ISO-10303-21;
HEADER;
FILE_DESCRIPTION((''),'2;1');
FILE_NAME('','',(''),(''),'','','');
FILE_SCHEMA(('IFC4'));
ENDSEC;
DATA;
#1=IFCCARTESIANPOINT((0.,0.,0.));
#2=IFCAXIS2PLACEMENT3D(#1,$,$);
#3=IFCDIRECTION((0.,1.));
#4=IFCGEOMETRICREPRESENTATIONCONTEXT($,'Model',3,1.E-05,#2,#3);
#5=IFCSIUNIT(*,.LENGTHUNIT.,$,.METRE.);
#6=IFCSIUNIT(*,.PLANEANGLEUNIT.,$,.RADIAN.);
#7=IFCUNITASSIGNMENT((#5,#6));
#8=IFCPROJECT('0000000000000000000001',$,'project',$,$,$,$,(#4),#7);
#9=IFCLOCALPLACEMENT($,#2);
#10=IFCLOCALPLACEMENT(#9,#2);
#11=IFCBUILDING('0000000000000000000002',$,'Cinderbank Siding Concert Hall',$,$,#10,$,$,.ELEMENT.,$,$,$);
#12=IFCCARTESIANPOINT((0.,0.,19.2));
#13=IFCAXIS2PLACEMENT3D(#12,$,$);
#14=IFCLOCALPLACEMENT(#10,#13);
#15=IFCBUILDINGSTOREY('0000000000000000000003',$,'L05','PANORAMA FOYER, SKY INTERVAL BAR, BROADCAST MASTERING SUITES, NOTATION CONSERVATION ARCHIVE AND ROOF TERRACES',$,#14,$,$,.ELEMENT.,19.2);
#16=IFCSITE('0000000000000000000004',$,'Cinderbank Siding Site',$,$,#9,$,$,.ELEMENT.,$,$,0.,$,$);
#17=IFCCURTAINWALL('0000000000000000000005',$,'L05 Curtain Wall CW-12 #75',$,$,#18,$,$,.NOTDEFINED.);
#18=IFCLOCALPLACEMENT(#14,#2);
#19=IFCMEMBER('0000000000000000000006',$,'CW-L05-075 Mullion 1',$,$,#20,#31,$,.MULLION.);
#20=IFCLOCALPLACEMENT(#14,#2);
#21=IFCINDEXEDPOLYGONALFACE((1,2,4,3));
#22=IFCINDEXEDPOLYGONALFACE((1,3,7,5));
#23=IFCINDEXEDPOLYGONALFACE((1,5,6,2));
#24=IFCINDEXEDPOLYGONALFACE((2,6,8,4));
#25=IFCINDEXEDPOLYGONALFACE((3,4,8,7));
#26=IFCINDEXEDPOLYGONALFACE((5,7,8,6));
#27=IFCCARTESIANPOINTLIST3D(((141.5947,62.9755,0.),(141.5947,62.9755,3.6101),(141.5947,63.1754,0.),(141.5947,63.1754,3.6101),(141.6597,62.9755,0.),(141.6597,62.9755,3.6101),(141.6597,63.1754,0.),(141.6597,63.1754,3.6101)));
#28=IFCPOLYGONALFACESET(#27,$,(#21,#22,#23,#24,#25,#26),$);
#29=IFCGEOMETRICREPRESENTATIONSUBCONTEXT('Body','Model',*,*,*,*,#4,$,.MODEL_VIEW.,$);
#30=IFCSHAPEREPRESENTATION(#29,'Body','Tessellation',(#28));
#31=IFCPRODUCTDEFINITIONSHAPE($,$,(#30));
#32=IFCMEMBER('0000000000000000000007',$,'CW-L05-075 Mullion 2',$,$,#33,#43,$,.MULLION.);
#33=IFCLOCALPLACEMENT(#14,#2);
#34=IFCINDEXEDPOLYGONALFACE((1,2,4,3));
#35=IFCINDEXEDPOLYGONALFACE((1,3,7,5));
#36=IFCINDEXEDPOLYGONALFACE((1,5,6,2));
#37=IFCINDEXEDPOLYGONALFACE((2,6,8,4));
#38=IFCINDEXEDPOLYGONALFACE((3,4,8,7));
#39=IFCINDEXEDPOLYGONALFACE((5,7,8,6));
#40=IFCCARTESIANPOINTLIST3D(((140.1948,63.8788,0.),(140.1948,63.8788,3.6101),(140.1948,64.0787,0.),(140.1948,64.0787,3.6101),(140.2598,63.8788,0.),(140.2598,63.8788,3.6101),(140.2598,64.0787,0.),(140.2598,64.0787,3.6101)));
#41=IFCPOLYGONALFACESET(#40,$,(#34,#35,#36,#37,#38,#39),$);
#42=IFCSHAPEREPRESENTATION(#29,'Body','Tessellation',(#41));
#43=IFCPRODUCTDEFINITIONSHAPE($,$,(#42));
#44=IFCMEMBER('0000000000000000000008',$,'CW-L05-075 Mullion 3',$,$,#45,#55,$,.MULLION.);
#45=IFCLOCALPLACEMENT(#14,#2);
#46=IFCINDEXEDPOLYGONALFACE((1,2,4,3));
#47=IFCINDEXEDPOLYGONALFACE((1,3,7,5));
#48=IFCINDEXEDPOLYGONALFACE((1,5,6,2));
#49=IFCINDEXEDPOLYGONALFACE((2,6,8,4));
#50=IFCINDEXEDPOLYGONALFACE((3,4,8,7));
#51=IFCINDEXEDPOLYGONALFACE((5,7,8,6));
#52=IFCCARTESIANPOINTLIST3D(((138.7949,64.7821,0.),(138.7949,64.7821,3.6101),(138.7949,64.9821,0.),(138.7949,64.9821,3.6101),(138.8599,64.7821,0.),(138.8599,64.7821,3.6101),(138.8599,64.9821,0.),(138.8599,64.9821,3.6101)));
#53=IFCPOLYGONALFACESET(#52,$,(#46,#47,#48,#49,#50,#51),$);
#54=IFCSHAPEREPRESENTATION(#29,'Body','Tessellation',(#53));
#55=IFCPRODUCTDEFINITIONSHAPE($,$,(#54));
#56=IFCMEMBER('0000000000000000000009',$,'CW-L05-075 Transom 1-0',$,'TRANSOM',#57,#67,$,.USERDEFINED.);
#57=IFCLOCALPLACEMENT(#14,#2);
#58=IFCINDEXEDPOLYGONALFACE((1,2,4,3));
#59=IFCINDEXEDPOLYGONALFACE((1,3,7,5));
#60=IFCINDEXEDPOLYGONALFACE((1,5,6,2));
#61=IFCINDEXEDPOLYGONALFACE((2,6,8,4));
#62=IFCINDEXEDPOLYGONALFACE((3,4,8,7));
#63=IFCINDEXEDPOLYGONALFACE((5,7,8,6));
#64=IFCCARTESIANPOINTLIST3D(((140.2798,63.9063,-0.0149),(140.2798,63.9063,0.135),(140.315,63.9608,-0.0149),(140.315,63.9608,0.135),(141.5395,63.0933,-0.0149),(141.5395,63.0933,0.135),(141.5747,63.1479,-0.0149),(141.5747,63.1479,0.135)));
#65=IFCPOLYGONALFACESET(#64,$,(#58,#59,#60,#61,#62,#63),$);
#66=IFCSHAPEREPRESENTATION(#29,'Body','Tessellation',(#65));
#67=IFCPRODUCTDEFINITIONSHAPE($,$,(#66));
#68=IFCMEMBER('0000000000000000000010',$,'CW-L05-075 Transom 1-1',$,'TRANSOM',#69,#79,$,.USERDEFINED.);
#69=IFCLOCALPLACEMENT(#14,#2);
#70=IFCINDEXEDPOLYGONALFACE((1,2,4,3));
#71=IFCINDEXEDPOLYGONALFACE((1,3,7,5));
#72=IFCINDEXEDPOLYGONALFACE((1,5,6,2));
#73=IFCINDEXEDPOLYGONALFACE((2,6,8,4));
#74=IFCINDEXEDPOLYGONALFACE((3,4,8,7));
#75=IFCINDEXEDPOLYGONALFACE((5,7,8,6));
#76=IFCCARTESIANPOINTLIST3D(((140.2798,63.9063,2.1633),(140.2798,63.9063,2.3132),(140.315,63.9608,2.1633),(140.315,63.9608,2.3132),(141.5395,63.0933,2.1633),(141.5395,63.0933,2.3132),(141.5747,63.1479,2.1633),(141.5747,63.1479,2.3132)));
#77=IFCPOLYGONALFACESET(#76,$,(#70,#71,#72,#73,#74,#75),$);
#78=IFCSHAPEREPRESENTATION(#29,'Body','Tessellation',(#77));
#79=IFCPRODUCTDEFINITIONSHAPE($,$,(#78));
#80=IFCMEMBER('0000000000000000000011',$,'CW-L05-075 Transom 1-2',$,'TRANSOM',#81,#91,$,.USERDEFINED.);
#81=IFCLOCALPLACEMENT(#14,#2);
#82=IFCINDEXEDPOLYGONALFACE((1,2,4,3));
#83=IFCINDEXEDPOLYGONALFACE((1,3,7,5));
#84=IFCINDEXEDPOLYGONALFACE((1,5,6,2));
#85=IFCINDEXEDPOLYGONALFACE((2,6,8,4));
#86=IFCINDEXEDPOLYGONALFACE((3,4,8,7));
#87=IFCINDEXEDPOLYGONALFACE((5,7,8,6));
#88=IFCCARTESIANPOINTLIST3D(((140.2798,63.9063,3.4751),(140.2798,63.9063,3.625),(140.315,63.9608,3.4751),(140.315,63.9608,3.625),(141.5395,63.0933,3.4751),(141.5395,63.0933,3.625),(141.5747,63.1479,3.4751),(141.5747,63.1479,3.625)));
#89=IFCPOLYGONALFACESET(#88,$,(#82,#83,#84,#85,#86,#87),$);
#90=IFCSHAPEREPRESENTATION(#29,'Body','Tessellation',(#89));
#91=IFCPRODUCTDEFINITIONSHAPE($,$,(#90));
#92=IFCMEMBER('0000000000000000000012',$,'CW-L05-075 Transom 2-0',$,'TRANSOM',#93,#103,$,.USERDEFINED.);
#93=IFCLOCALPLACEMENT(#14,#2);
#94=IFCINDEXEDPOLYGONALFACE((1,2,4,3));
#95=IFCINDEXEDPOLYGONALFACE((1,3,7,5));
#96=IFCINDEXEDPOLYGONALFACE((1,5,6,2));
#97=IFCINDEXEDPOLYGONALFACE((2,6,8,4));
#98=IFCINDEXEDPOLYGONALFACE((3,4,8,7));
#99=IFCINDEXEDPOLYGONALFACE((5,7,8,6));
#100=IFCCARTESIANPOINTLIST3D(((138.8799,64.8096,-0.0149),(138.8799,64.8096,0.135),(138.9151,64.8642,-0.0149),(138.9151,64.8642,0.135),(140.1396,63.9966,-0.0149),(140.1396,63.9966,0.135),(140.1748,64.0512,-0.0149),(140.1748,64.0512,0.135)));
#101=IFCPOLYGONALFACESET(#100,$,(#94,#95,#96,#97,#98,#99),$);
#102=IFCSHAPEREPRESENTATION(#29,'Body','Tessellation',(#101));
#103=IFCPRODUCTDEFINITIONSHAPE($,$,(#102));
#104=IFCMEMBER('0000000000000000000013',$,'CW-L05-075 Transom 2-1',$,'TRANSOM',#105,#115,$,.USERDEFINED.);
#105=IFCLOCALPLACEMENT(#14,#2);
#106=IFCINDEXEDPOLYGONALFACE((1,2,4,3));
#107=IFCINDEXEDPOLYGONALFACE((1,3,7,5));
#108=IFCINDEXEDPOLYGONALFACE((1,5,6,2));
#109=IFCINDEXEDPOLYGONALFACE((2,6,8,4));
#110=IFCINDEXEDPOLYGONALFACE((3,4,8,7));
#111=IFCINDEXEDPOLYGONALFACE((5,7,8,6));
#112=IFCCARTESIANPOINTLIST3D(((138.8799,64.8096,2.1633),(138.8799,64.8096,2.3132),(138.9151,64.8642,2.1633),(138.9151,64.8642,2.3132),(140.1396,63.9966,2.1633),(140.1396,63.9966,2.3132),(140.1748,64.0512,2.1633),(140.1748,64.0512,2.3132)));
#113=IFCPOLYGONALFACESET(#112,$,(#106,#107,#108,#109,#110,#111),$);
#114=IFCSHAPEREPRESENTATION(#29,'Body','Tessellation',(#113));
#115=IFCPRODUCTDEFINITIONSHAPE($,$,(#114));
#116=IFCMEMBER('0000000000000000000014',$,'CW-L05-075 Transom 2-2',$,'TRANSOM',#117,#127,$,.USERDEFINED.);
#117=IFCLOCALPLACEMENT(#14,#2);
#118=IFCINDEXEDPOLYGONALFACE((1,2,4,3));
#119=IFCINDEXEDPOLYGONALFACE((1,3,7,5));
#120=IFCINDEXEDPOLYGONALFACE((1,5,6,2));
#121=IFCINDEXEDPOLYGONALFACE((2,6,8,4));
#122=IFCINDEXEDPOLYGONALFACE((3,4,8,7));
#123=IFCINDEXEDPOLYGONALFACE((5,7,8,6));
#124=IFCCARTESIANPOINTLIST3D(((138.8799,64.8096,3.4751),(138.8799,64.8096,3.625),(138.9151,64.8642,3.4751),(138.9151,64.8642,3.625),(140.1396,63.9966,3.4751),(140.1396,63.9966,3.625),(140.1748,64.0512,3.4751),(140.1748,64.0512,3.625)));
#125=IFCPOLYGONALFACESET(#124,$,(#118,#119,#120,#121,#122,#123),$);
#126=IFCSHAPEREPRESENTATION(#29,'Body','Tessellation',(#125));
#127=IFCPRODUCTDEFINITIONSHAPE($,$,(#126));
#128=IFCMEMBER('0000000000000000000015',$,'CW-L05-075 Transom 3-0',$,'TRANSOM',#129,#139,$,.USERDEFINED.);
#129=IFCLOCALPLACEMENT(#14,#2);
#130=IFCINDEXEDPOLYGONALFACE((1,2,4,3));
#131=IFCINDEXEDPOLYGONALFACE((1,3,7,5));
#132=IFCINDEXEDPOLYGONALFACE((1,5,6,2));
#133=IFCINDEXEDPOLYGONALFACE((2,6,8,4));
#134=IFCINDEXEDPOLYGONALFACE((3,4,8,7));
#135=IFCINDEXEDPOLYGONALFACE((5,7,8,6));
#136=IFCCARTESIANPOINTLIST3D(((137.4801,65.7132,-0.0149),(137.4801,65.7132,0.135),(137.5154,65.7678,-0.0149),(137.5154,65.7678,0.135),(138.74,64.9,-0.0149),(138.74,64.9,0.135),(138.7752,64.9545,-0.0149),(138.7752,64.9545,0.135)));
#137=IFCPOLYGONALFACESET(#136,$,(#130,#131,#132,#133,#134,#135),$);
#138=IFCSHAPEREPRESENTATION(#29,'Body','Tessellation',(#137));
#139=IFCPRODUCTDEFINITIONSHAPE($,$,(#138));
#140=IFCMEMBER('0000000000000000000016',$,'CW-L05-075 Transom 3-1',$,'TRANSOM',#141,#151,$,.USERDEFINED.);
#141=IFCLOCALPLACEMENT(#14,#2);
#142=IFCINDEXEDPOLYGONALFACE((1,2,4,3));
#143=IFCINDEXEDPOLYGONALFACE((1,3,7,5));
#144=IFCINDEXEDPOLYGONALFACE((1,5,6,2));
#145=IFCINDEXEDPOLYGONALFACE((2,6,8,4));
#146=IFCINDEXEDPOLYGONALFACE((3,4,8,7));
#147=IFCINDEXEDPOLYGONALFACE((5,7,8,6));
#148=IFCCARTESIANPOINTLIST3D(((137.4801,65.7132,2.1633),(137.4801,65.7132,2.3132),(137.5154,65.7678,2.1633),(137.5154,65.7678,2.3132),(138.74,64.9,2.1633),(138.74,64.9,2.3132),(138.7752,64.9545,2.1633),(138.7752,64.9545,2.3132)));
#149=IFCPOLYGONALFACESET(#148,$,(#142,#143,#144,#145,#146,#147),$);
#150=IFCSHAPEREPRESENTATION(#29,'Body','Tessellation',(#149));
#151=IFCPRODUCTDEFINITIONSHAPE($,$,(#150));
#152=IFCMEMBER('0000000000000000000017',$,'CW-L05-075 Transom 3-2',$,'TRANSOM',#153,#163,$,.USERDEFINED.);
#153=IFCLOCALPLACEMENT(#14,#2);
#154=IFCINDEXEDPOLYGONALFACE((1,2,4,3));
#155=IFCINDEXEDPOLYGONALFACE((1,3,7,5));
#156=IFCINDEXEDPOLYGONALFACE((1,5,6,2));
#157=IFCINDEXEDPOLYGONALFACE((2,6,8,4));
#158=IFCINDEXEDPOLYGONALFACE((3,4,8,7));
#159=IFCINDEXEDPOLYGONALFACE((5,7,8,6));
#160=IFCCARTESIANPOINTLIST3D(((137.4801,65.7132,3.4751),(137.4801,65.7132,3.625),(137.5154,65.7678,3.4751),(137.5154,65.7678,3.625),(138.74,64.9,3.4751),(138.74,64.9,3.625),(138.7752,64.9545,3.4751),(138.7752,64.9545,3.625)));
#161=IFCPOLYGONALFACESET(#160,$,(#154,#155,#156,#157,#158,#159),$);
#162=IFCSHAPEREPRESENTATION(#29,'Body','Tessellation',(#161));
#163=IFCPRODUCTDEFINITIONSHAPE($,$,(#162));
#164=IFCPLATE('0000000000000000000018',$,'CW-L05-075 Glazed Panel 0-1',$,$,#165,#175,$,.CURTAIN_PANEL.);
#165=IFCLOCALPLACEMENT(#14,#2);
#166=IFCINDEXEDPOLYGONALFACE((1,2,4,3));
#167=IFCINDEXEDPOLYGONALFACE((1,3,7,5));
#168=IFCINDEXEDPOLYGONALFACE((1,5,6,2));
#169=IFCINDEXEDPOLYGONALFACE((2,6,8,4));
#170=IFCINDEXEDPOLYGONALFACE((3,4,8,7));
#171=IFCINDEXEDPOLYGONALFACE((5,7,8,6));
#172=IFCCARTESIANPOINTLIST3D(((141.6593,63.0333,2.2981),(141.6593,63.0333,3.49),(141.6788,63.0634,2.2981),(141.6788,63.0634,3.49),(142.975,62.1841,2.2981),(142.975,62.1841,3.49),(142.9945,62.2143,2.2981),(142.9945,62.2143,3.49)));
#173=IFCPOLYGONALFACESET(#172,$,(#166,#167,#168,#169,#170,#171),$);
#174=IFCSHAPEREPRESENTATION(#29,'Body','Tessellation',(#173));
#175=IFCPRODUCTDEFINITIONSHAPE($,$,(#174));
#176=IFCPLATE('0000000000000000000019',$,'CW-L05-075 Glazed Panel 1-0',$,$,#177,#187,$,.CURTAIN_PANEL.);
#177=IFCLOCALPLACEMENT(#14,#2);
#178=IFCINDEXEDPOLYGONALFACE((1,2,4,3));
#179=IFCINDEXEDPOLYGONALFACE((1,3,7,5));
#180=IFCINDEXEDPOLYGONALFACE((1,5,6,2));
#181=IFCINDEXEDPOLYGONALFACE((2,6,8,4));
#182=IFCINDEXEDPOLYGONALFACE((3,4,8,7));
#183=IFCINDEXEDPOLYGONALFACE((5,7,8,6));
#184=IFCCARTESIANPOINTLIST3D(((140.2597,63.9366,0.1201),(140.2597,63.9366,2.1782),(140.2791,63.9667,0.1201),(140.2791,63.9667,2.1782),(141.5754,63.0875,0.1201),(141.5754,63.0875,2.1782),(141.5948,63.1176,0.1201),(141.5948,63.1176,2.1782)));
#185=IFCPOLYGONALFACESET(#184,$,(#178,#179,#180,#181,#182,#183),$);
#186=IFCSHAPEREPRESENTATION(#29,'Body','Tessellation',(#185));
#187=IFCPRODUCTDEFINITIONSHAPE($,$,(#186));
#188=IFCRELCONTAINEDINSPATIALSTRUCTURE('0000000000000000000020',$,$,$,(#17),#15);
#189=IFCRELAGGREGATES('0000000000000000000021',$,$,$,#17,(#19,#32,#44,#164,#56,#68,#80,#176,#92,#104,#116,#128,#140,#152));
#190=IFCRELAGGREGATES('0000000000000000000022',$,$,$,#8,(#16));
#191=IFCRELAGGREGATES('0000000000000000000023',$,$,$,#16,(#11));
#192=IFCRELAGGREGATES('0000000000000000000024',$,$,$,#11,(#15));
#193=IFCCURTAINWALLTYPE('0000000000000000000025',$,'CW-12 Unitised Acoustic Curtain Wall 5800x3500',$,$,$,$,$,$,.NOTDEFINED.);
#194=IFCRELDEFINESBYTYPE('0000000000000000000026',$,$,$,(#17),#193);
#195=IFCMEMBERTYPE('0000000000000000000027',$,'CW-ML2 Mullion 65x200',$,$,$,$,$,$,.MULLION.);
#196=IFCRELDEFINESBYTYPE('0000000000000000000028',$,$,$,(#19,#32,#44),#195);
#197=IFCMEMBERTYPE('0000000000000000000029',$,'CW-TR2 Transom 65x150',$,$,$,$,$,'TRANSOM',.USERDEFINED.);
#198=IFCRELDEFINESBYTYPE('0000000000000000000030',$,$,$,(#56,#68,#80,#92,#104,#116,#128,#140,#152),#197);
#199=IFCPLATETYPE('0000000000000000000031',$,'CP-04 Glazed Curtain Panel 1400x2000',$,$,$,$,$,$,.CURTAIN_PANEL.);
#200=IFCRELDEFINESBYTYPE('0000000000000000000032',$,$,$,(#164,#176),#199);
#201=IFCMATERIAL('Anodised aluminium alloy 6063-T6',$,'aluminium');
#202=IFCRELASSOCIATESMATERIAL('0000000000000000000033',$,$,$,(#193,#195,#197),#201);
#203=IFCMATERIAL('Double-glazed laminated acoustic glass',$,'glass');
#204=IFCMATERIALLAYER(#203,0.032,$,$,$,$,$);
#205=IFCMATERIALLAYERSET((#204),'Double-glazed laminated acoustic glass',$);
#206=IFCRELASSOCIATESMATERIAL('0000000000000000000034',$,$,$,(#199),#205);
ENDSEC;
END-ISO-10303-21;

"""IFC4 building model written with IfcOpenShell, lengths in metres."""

from ifc_helpers import new_model, si_unit, direction, frame, origin, origin_2d, place, context, subcontext, project, spatial, rectangle, extrude, material, layer, layer_set, material_profile, profile_set, type_object, element, aggregate, save


model = new_model("IFC4")

# Units and contexts
model_context = context("Model", 3, precision=1e-05, world=origin(), true_north=direction((0.0, 1.0)))
body_context = subcontext(model_context, "Body", "Model", "MODEL_VIEW")
ifc_project = project(units=[si_unit("LENGTHUNIT", "METRE"), si_unit("PLANEANGLEUNIT", "RADIAN")], contexts=[model_context])

# Site, building, storey
site_placement = place(None, origin())
site = spatial("IfcSite", under=ifc_project, at=site_placement, Name="Cinderbank Siding Site", CompositionType="ELEMENT", RefElevation=0.0)
building_placement = place(site_placement, origin())
building = spatial("IfcBuilding", under=site, at=building_placement, Name="Cinderbank Siding Concert Hall", CompositionType="ELEMENT")
storey_placement = place(building_placement, frame((0.0, 0.0, 19.2)))
storey = spatial("IfcBuildingStorey", under=building, at=storey_placement, Name="L05", Description="PANORAMA FOYER, SKY INTERVAL BAR, BROADCAST MASTERING SUITES, NOTATION CONSERVATION ARCHIVE AND ROOF TERRACES", CompositionType="ELEMENT", Elevation=19.2)

# Curtain wall, members, plates
ifc_material_1 = material(Name="Anodised aluminium alloy 6063-T6", Category="aluminium")
curtain_wall_type = type_object("IfcCurtainWallType", Name="CW-12 Unitised Acoustic Curtain Wall 5800x3500", PredefinedType="NOTDEFINED", material=ifc_material_1)
curtain_wall_placement = place(storey_placement, origin())
curtain_wall = element("IfcCurtainWall", 1, at=curtain_wall_placement, inside=storey, type_object=curtain_wall_type, Name="L05 Curtain Wall CW-12 #75", PredefinedType="NOTDEFINED")
ifc_material_profile_1 = material_profile(ifc_material_1, rectangle(XDim=0.0649, YDim=0.2, at=origin_2d()), Name="ALU-MULL-65x200", Category="LoadBearing")
ifc_profile_set_1 = profile_set([ifc_material_profile_1], Name="Anodised aluminium alloy 6063-T6")
member_type_1 = type_object("IfcMemberType", Name="CW-ML2 Mullion 65x200", PredefinedType="MULLION", material=ifc_profile_set_1)
member_1_placement = place(storey_placement, frame((141.6272, 63.0754, 0.0), z_axis=(0.0, 0.0, 1.0), x_axis=(1.0, 0.0, 0.0)))
member_1 = element("IfcMember", 2, at=member_1_placement, type_object=member_type_1, Name="CW-L05-075 Mullion 1", PredefinedType="MULLION", context=body_context, shape_type="SweptSolid", body=[
    extrude(rectangle(XDim=0.0649, YDim=0.2, at=origin_2d()), origin(), (0.0, 0.0, 1.0), 3.6101),
])
member_2_placement = place(storey_placement, frame((140.2273, 63.9788, 0.0), z_axis=(0.0, 0.0, 1.0), x_axis=(1.0, 0.0, 0.0)))
member_2 = element("IfcMember", 3, at=member_2_placement, type_object=member_type_1, Name="CW-L05-075 Mullion 2", PredefinedType="MULLION", context=body_context, shape_type="SweptSolid", body=[
    extrude(rectangle(XDim=0.0649, YDim=0.2, at=origin_2d()), origin(), (0.0, 0.0, 1.0), 3.6101),
])
member_3_placement = place(storey_placement, frame((138.8274, 64.8821, 0.0), z_axis=(0.0, 0.0, 1.0), x_axis=(1.0, 0.0, 0.0)))
member_3 = element("IfcMember", 4, at=member_3_placement, type_object=member_type_1, Name="CW-L05-075 Mullion 3", PredefinedType="MULLION", context=body_context, shape_type="SweptSolid", body=[
    extrude(rectangle(XDim=0.0649, YDim=0.2, at=origin_2d()), origin(), (0.0, 0.0, 1.0), 3.6101),
])
ifc_material_profile_2 = material_profile(ifc_material_1, rectangle(XDim=0.0649, YDim=0.1499, at=origin_2d()), Name="ALU-TRAN-65x150", Category="LoadBearing")
ifc_profile_set_2 = profile_set([ifc_material_profile_2], Name="Anodised aluminium alloy 6063-T6")
member_type_2 = type_object("IfcMemberType", Name="CW-TR2 Transom 65x150", ElementType="TRANSOM", PredefinedType="USERDEFINED", material=ifc_profile_set_2)
member_4_placement = place(storey_placement, frame((141.5571, 63.1206, 0.0601), z_axis=(-0.840225, 0.542238, 0.0), x_axis=(-0.542238, -0.840225, 0.0)))
member_4 = element("IfcMember", 5, at=member_4_placement, type_object=member_type_2, Name="CW-L05-075 Transom 1-0", ObjectType="TRANSOM", PredefinedType="USERDEFINED", context=body_context, shape_type="SweptSolid", body=[
    extrude(rectangle(XDim=0.0649, YDim=0.1499, at=origin_2d()), origin(), (0.0, 0.0, 1.0), 1.4993),
])
member_5_placement = place(storey_placement, frame((141.5571, 63.1206, 2.2383), z_axis=(-0.840225, 0.542238, 0.0), x_axis=(-0.542238, -0.840225, 0.0)))
member_5 = element("IfcMember", 6, at=member_5_placement, type_object=member_type_2, Name="CW-L05-075 Transom 1-1", ObjectType="TRANSOM", PredefinedType="USERDEFINED", context=body_context, shape_type="SweptSolid", body=[
    extrude(rectangle(XDim=0.0649, YDim=0.1499, at=origin_2d()), origin(), (0.0, 0.0, 1.0), 1.4993),
])
member_6_placement = place(storey_placement, frame((141.5571, 63.1206, 3.55), z_axis=(-0.840225, 0.542238, 0.0), x_axis=(-0.542238, -0.840225, 0.0)))
member_6 = element("IfcMember", 7, at=member_6_placement, type_object=member_type_2, Name="CW-L05-075 Transom 1-2", ObjectType="TRANSOM", PredefinedType="USERDEFINED", context=body_context, shape_type="SweptSolid", body=[
    extrude(rectangle(XDim=0.0649, YDim=0.1499, at=origin_2d()), origin(), (0.0, 0.0, 1.0), 1.4993),
])
member_7_placement = place(storey_placement, frame((140.1572, 64.0239, 0.0601), z_axis=(-0.840225, 0.542238, 0.0), x_axis=(-0.542238, -0.840225, 0.0)))
member_7 = element("IfcMember", 8, at=member_7_placement, type_object=member_type_2, Name="CW-L05-075 Transom 2-0", ObjectType="TRANSOM", PredefinedType="USERDEFINED", context=body_context, shape_type="SweptSolid", body=[
    extrude(rectangle(XDim=0.0649, YDim=0.1499, at=origin_2d()), origin(), (0.0, 0.0, 1.0), 1.4993),
])
member_8_placement = place(storey_placement, frame((140.1572, 64.0239, 2.2383), z_axis=(-0.840225, 0.542238, 0.0), x_axis=(-0.542238, -0.840225, 0.0)))
member_8 = element("IfcMember", 9, at=member_8_placement, type_object=member_type_2, Name="CW-L05-075 Transom 2-1", ObjectType="TRANSOM", PredefinedType="USERDEFINED", context=body_context, shape_type="SweptSolid", body=[
    extrude(rectangle(XDim=0.0649, YDim=0.1499, at=origin_2d()), origin(), (0.0, 0.0, 1.0), 1.4993),
])
member_9_placement = place(storey_placement, frame((140.1572, 64.0239, 3.55), z_axis=(-0.840225, 0.542238, 0.0), x_axis=(-0.542238, -0.840225, 0.0)))
member_9 = element("IfcMember", 10, at=member_9_placement, type_object=member_type_2, Name="CW-L05-075 Transom 2-2", ObjectType="TRANSOM", PredefinedType="USERDEFINED", context=body_context, shape_type="SweptSolid", body=[
    extrude(rectangle(XDim=0.0649, YDim=0.1499, at=origin_2d()), origin(), (0.0, 0.0, 1.0), 1.4993),
])
member_10_placement = place(storey_placement, frame((138.7576, 64.9272, 0.0601), z_axis=(-0.840151, 0.542353, 0.0), x_axis=(-0.542353, -0.840151, 0.0)))
member_10 = element("IfcMember", 11, at=member_10_placement, type_object=member_type_2, Name="CW-L05-075 Transom 3-0", ObjectType="TRANSOM", PredefinedType="USERDEFINED", context=body_context, shape_type="SweptSolid", body=[
    extrude(rectangle(XDim=0.0649, YDim=0.1499, at=origin_2d()), origin(), (0.0, 0.0, 1.0), 1.4995),
])
member_11_placement = place(storey_placement, frame((138.7576, 64.9272, 2.2383), z_axis=(-0.840151, 0.542353, 0.0), x_axis=(-0.542353, -0.840151, 0.0)))
member_11 = element("IfcMember", 12, at=member_11_placement, type_object=member_type_2, Name="CW-L05-075 Transom 3-1", ObjectType="TRANSOM", PredefinedType="USERDEFINED", context=body_context, shape_type="SweptSolid", body=[
    extrude(rectangle(XDim=0.0649, YDim=0.1499, at=origin_2d()), origin(), (0.0, 0.0, 1.0), 1.4995),
])
member_12_placement = place(storey_placement, frame((138.7576, 64.9272, 3.55), z_axis=(-0.840151, 0.542353, 0.0), x_axis=(-0.542353, -0.840151, 0.0)))
member_12 = element("IfcMember", 13, at=member_12_placement, type_object=member_type_2, Name="CW-L05-075 Transom 3-2", ObjectType="TRANSOM", PredefinedType="USERDEFINED", context=body_context, shape_type="SweptSolid", body=[
    extrude(rectangle(XDim=0.0649, YDim=0.1499, at=origin_2d()), origin(), (0.0, 0.0, 1.0), 1.4995),
])
ifc_material_2 = material(Name="Double-glazed laminated acoustic glass", Category="glass")
ifc_layer_1 = layer(ifc_material_2, 0.032)
ifc_layer_set_1 = layer_set([ifc_layer_1], Name="Double-glazed laminated acoustic glass")
plate_type = type_object("IfcPlateType", Name="CP-04 Glazed Curtain Panel 1400x2000", PredefinedType="CURTAIN_PANEL", material=ifc_layer_set_1)
plate_1_placement = place(storey_placement, frame((142.3269, 62.6238, 2.2981), z_axis=(0.0, 0.0, 1.0), x_axis=(-0.840219, 0.542248, 0.0)))
plate_1 = element("IfcPlate", 14, at=plate_1_placement, type_object=plate_type, Name="CW-L05-075 Glazed Panel 0-1", PredefinedType="CURTAIN_PANEL", context=body_context, shape_type="SweptSolid", body=[
    extrude(rectangle(XDim=1.5659, YDim=0.0359, at=origin_2d()), origin(), (0.0, 0.0, 1.0), 1.1919),
])
plate_2_placement = place(storey_placement, frame((140.9272, 63.5271, 0.1201), z_axis=(0.0, 0.0, 1.0), x_axis=(-0.840219, 0.542248, 0.0)))
plate_2 = element("IfcPlate", 15, at=plate_2_placement, type_object=plate_type, Name="CW-L05-075 Glazed Panel 1-0", PredefinedType="CURTAIN_PANEL", context=body_context, shape_type="SweptSolid", body=[
    extrude(rectangle(XDim=1.5659, YDim=0.0359, at=origin_2d()), origin(), (0.0, 0.0, 1.0), 2.0581),
])
aggregate(curtain_wall, [member_1, member_2, member_3, plate_1, member_4, member_5, member_6, plate_2, member_7, member_8, member_9, member_10, member_11, member_12])

save(model, "model.ifc")
